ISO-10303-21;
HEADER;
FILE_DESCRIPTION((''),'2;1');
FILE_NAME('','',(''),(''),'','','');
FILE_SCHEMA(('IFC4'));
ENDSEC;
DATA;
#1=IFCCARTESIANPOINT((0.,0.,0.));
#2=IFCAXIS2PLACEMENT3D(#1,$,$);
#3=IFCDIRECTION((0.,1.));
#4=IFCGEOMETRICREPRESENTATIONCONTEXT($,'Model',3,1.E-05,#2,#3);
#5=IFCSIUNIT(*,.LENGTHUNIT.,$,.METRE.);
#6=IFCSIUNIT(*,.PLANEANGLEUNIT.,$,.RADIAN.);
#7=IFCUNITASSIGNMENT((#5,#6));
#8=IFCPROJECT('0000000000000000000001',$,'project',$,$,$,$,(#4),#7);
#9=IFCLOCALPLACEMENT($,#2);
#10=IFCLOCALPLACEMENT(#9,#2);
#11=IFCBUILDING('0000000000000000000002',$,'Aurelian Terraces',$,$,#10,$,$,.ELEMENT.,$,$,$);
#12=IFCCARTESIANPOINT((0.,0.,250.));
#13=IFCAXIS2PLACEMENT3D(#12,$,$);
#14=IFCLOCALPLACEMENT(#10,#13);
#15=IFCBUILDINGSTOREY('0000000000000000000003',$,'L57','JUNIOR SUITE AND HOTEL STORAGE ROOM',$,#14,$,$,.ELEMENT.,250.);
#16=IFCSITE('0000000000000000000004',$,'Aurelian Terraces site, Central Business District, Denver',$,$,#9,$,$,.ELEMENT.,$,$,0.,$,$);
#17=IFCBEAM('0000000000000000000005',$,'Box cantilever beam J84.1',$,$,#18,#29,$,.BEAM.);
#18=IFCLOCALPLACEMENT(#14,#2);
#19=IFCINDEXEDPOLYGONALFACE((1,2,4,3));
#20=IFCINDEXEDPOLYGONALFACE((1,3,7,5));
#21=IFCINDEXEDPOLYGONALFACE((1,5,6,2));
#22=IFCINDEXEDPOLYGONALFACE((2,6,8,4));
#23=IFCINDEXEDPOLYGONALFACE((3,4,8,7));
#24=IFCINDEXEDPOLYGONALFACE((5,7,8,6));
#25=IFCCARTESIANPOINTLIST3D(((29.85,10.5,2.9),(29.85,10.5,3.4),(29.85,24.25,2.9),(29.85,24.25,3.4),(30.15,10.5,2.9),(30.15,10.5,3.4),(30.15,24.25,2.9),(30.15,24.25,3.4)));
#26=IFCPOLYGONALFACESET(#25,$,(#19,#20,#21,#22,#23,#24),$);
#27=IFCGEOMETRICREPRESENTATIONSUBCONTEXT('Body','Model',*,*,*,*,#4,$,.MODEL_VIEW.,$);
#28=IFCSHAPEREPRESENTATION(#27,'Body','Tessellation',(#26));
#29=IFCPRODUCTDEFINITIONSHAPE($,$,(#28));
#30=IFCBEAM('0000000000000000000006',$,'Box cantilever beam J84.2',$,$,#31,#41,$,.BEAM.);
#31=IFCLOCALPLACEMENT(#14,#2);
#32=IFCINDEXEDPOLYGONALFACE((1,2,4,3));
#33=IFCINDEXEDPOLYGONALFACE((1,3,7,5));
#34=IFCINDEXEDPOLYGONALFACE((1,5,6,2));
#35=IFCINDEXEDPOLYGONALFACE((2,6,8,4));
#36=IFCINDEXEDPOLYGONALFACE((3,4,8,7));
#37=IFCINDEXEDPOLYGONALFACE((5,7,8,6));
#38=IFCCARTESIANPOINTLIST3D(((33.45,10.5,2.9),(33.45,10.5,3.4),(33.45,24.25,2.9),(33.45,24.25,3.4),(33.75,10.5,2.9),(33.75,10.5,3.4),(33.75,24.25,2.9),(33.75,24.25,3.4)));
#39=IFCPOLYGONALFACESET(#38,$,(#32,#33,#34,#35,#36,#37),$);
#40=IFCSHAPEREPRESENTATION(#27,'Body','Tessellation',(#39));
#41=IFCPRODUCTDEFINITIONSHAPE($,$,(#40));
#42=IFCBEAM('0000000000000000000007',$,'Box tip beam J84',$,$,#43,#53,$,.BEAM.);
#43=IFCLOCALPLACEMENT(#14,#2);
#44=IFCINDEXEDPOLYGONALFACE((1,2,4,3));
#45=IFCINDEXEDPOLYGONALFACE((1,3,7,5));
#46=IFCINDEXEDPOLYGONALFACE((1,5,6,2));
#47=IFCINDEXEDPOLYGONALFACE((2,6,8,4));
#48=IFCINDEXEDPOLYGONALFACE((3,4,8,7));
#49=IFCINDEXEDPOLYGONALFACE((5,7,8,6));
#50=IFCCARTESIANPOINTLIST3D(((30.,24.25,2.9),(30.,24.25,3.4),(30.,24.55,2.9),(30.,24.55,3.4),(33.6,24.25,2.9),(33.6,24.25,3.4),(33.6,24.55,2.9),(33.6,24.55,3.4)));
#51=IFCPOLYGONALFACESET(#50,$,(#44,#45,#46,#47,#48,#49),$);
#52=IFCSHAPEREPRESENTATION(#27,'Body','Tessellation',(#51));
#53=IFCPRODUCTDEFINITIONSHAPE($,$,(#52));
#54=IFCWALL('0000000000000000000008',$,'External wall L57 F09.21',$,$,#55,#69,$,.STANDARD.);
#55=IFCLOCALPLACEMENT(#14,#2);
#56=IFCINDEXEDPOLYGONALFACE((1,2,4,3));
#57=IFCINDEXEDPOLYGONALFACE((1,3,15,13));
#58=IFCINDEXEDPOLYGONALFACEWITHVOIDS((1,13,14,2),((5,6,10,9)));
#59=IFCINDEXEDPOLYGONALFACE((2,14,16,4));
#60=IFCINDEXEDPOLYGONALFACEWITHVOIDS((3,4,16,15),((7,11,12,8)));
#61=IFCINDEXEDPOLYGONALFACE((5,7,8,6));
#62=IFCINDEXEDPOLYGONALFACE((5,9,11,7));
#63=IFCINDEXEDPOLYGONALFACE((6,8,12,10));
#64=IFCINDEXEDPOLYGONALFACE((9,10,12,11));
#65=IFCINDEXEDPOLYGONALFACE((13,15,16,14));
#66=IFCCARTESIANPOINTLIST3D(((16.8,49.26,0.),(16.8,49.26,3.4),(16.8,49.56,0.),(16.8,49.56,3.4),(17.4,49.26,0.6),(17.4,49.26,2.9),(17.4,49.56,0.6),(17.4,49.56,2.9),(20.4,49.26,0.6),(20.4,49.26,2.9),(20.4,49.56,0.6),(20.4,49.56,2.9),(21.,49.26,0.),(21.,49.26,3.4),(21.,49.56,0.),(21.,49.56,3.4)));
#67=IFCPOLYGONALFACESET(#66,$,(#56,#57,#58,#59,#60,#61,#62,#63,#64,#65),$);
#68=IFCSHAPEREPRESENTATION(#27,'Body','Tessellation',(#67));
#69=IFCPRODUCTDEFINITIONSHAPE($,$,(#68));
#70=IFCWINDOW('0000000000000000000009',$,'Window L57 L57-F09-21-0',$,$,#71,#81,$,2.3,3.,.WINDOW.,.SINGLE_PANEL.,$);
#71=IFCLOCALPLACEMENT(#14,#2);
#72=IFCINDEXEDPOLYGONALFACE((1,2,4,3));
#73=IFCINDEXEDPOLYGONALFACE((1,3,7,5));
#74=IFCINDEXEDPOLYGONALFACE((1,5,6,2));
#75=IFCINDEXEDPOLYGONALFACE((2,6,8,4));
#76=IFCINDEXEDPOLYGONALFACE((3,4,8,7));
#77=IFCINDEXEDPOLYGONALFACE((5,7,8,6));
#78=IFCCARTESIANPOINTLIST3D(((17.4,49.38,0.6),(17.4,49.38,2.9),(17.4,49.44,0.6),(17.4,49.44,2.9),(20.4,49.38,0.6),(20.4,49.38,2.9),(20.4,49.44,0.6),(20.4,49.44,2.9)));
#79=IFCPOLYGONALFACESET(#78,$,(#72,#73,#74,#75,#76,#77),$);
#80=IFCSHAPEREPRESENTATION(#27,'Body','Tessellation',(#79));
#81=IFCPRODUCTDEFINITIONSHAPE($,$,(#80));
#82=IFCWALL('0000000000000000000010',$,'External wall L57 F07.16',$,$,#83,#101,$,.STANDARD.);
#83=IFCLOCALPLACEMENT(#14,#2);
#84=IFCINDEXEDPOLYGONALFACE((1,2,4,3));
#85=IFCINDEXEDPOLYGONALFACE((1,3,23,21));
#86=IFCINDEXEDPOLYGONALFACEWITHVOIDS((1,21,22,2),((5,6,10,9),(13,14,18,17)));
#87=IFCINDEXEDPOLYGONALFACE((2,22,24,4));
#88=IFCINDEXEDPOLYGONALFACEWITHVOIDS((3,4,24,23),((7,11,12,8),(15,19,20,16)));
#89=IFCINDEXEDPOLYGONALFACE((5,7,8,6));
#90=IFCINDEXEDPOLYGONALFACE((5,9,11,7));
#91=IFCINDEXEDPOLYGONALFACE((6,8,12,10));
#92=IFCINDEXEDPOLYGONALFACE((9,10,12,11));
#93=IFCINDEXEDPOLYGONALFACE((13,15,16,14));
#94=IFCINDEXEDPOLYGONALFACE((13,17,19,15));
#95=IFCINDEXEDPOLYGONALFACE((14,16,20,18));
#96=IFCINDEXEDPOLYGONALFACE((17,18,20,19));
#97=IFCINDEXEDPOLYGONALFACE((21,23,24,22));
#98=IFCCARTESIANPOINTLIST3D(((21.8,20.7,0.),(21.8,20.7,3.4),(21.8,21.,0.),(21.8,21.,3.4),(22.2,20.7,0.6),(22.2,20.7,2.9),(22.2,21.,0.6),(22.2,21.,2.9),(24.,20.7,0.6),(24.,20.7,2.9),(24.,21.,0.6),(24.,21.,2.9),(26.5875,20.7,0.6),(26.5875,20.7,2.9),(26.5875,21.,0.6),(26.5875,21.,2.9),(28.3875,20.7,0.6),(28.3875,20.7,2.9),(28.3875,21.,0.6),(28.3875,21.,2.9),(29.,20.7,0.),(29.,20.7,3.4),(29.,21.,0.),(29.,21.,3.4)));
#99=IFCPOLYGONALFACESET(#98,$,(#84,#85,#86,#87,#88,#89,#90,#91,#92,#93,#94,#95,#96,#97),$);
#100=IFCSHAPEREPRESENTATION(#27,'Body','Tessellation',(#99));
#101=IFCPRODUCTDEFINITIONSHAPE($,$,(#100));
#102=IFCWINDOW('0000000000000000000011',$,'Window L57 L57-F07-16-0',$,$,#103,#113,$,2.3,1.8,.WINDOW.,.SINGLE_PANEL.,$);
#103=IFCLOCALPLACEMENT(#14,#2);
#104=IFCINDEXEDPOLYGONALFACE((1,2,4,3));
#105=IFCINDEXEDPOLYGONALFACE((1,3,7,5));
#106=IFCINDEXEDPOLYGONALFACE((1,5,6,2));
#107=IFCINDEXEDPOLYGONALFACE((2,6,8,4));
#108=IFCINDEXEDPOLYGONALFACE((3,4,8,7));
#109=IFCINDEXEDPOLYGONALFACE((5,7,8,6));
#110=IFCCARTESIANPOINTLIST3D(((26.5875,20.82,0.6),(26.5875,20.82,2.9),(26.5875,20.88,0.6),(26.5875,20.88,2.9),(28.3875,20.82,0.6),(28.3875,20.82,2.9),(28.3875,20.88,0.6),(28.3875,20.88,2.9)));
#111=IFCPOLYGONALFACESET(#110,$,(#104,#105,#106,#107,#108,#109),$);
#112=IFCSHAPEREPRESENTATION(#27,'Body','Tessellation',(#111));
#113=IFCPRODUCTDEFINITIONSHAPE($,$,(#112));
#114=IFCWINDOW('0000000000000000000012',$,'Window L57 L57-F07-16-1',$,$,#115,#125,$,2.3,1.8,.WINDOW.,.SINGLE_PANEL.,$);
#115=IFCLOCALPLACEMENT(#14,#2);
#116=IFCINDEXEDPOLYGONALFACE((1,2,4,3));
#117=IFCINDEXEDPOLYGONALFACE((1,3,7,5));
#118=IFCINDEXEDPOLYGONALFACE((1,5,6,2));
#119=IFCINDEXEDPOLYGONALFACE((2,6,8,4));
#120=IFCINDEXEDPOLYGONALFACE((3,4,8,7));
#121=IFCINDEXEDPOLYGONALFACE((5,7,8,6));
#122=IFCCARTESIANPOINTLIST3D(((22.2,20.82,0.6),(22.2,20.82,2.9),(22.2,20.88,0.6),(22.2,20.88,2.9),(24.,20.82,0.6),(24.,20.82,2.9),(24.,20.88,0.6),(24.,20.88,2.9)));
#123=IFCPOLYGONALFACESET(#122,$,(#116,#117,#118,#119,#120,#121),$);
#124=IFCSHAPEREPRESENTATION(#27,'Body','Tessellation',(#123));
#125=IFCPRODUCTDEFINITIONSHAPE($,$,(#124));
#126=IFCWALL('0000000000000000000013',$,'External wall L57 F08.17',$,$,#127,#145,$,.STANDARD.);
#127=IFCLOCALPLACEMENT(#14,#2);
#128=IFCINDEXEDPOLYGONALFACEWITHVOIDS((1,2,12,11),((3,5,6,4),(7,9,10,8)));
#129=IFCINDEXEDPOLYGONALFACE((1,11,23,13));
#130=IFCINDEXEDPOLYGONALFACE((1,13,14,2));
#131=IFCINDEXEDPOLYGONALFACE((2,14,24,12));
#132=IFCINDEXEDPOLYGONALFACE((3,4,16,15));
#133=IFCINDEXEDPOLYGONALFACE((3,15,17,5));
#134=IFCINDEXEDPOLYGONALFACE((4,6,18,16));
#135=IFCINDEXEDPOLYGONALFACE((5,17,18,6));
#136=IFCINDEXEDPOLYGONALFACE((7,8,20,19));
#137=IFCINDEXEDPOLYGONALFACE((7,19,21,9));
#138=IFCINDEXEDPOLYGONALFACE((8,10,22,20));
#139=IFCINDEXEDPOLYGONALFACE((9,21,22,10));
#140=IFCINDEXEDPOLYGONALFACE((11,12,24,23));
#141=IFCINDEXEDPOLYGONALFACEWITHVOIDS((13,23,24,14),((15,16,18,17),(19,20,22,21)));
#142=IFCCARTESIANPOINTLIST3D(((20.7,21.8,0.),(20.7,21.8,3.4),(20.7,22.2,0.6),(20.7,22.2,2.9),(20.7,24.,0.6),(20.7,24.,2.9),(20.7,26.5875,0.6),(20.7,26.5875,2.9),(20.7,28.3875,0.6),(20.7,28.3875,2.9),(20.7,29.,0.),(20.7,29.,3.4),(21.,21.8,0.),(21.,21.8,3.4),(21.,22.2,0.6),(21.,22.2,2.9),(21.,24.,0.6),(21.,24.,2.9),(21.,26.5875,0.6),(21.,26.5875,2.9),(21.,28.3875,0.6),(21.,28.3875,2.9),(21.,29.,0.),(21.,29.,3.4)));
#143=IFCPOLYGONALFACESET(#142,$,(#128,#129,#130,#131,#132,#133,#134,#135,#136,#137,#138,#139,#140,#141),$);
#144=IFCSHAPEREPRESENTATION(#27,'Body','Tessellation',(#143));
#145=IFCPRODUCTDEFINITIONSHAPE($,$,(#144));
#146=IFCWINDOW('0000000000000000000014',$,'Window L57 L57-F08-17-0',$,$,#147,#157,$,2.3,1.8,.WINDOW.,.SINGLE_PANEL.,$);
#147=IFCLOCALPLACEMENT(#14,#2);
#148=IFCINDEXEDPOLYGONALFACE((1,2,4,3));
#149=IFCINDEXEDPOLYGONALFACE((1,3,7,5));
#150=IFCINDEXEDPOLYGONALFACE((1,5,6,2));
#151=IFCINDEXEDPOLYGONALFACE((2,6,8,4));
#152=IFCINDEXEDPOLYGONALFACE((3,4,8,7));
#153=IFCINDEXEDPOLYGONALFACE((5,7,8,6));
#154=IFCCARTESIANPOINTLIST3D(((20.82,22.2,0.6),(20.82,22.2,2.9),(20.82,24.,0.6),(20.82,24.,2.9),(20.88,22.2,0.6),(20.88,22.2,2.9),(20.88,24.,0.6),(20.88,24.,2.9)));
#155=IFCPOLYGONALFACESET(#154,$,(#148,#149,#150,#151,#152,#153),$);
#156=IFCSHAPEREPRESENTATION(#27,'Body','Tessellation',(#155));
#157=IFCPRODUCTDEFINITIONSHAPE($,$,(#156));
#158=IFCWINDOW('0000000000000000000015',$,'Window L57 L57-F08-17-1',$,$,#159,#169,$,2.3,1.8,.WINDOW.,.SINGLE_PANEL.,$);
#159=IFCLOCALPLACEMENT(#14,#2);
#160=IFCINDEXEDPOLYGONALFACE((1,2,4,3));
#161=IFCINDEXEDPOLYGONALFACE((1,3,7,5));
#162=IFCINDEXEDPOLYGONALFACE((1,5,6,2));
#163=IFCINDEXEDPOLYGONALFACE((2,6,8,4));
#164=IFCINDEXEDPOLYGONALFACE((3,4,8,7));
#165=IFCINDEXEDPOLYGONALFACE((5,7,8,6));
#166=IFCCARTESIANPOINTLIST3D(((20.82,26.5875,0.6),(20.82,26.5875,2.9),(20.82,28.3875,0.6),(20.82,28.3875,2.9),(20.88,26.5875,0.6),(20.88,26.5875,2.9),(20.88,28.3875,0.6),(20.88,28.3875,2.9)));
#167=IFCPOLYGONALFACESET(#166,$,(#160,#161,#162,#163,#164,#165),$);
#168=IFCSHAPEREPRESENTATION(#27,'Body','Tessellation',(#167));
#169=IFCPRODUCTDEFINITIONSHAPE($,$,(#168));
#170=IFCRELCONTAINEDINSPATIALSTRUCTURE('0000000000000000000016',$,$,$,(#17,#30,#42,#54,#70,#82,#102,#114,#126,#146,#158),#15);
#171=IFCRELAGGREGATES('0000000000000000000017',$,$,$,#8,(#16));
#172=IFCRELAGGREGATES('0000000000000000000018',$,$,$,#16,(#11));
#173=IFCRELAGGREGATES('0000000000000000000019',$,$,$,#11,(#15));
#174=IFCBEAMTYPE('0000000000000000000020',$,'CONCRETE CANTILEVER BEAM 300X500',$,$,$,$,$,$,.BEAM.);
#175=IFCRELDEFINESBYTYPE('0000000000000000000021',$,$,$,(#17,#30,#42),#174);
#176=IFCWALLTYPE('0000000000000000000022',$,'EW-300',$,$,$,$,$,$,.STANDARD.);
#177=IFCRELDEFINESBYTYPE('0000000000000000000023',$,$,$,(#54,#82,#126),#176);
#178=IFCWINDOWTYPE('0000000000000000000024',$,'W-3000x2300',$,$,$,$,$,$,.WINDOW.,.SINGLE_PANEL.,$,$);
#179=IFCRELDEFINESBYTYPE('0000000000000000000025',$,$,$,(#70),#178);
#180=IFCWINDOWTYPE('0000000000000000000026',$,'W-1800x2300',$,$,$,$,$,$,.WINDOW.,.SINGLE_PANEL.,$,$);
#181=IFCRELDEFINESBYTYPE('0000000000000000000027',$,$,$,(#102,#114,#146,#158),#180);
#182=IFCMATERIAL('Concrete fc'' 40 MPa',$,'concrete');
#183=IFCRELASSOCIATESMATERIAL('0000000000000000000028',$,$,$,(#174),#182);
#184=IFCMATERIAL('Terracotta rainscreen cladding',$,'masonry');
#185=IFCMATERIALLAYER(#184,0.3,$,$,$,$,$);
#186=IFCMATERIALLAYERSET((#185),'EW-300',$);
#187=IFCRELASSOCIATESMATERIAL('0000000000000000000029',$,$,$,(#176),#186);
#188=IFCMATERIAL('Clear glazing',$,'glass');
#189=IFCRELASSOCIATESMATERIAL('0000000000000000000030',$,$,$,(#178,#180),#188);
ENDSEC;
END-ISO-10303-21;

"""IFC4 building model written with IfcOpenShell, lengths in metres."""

from ifc_helpers import new_model, si_unit, direction, frame, frame_2d, origin, origin_2d, place, context, subcontext, project, spatial, rectangle, extrude, source, transform, mapped, material, layer, layer_set, material_profile, profile_set, type_object, element, fill, save


model = new_model("IFC4")

# Units and contexts
model_context = context("Model", 3, precision=1e-05, world=origin(), true_north=direction((0.0, 1.0)))
body_context = subcontext(model_context, "Body", "Model", "MODEL_VIEW")
ifc_project = project(units=[si_unit("LENGTHUNIT", "METRE"), si_unit("PLANEANGLEUNIT", "RADIAN")], contexts=[model_context])

# Site, building, storey
site_placement = place(None, origin())
site = spatial("IfcSite", under=ifc_project, at=site_placement, Name="Aurelian Terraces site, Central Business District, Denver", CompositionType="ELEMENT", RefElevation=0.0)
building_placement = place(site_placement, origin())
building = spatial("IfcBuilding", under=site, at=building_placement, Name="Aurelian Terraces", CompositionType="ELEMENT")
storey_placement = place(building_placement, frame((0.0, 0.0, 250.0)))
storey = spatial("IfcBuildingStorey", under=building, at=storey_placement, Name="L57", Description="JUNIOR SUITE AND HOTEL STORAGE ROOM", CompositionType="ELEMENT", Elevation=250.0)

# Beams
ifc_material_1 = material(Name="Concrete fc' 40 MPa", Category="concrete")
ifc_material_profile = material_profile(ifc_material_1, rectangle(XDim=0.3, YDim=0.5, at=origin_2d()))
ifc_profile_set = profile_set([ifc_material_profile], Name="Concrete fc' 40 MPa")
beam_type = type_object("IfcBeamType", Name="CONCRETE CANTILEVER BEAM 300X500", PredefinedType="BEAM", material=ifc_profile_set)
shared_shape_1 = source(origin(), body_context, "Body", "SweptSolid", [
    extrude(rectangle(XDim=0.3, YDim=0.5, at=origin_2d()), origin(), (0.0, 0.0, 1.0), 13.75),
])
for number, where, z_axis, x_axis, name in (
    (1, (30.0, 24.25, 3.15), (0.0, -1.0, 0.0), (1.0, 0.0, 0.0), "Box cantilever beam J84.1"),
    (2, (33.6, 24.25, 3.15), (0.0, -1.0, 0.0), (1.0, 0.0, 0.0), "Box cantilever beam J84.2"),
):
    element("IfcBeam", number, at=place(storey_placement, frame(where, z_axis=z_axis, x_axis=x_axis)), inside=storey, type_object=beam_type, Name=name, PredefinedType="BEAM", context=body_context, shape_type="MappedRepresentation", body=[
        mapped(shared_shape_1, transform((0.0, 0.0, 0.0), scale=1.0)),
    ])
shared_shape_2 = source(origin(), body_context, "Body", "SweptSolid", [
    extrude(rectangle(XDim=0.3, YDim=0.5, at=origin_2d()), origin(), (0.0, 0.0, 1.0), 3.6),
])
beam_placement = place(storey_placement, frame((30.0, 24.4, 3.15), z_axis=(1.0, 0.0, 0.0), x_axis=(0.0, 1.0, 0.0)))
element("IfcBeam", 3, at=beam_placement, inside=storey, type_object=beam_type, Name="Box tip beam J84", PredefinedType="BEAM", context=body_context, shape_type="MappedRepresentation", body=[
    mapped(shared_shape_2, transform((0.0, 0.0, 0.0), scale=1.0)),
])

# Wall, opening, window
ifc_material_2 = material(Name="Terracotta rainscreen cladding", Category="masonry")
ifc_layer_1 = layer(ifc_material_2, 0.3)
ifc_layer_set_1 = layer_set([ifc_layer_1], Name="EW-300")
wall_type_1 = type_object("IfcWallType", Name="EW-300", PredefinedType="STANDARD", material=ifc_layer_set_1)
shared_shape_3 = source(origin(), body_context, "Body", "SweptSolid", [
    extrude(rectangle(XDim=4.2, YDim=0.3, at=frame_2d((2.1, 0.0))), origin(), (0.0, 0.0, 1.0), 3.4),
])
wall_1_placement = place(storey_placement, frame((21.0, 49.41, 0.0), z_axis=(0.0, 0.0, 1.0), x_axis=(-1.0, 0.0, 0.0)))
wall_1 = element("IfcWall", 4, at=wall_1_placement, inside=storey, type_object=wall_type_1, Name="External wall L57 F09.21", PredefinedType="STANDARD", context=body_context, shape_type="MappedRepresentation", body=[
    mapped(shared_shape_3, transform((0.0, 0.0, 0.0), scale=1.0)),
])
shared_shape_4 = source(origin(), body_context, "Body", "SweptSolid", [
    extrude(rectangle(XDim=3.0, YDim=2.3, at=frame_2d((1.5, 1.15))), frame((0.0, 0.16, 0.0), z_axis=(0.0, -1.0, 0.0), x_axis=(1.0, 0.0, 0.0)), (0.0, 0.0, 1.0), 0.32),
])
opening_1_placement = place(wall_1_placement, frame((0.6, 0.0, 0.6)))
opening_1 = element("IfcOpeningElement", 5, at=opening_1_placement, cuts=wall_1, PredefinedType="OPENING", context=body_context, shape_type="MappedRepresentation", body=[
    mapped(shared_shape_4, transform((0.0, 0.0, 0.0), scale=1.0)),
])
ifc_material_3 = material(Name="Clear glazing", Category="glass")
window_type_1 = type_object("IfcWindowType", Name="W-3000x2300", PartitioningType="SINGLE_PANEL", PredefinedType="WINDOW", material=ifc_material_3)
shared_shape_5 = source(origin(), body_context, "Body", "SweptSolid", [
    extrude(rectangle(XDim=3.0, YDim=2.3, at=frame_2d((1.5, 1.15))), frame((0.0, 0.03, 0.0), z_axis=(0.0, -1.0, 0.0), x_axis=(1.0, 0.0, 0.0)), (0.0, 0.0, 1.0), 0.06),
])
window_1_placement = place(opening_1_placement, origin())
window_1 = element("IfcWindow", 6, at=window_1_placement, inside=storey, type_object=window_type_1, Name="Window L57 L57-F09-21-0", OverallHeight=2.3, OverallWidth=3.0, PartitioningType="SINGLE_PANEL", PredefinedType="WINDOW", context=body_context, shape_type="MappedRepresentation", body=[
    mapped(shared_shape_5, transform((0.0, 0.0, 0.0), scale=1.0)),
])
fill(opening_1, window_1)

# Walls, openings, windows
shared_shape_6 = source(origin(), body_context, "Body", "SweptSolid", [
    extrude(rectangle(XDim=7.2, YDim=0.3, at=frame_2d((3.6, 0.0))), origin(), (0.0, 0.0, 1.0), 3.4),
])
wall_2_placement = place(storey_placement, frame((29.0, 20.85, 0.0), z_axis=(0.0, 0.0, 1.0), x_axis=(-1.0, 0.0, 0.0)))
wall_2 = element("IfcWall", 7, at=wall_2_placement, inside=storey, type_object=wall_type_1, Name="External wall L57 F07.16", PredefinedType="STANDARD", context=body_context, shape_type="MappedRepresentation", body=[
    mapped(shared_shape_6, transform((0.0, 0.0, 0.0), scale=1.0)),
])
shared_shape_7 = source(origin(), body_context, "Body", "SweptSolid", [
    extrude(rectangle(XDim=1.8, YDim=2.3, at=frame_2d((0.9, 1.15))), frame((0.0, 0.16, 0.0), z_axis=(0.0, -1.0, 0.0), x_axis=(1.0, 0.0, 0.0)), (0.0, 0.0, 1.0), 0.32),
])
opening_2_placement = place(wall_2_placement, frame((0.6125, 0.0, 0.6)))
opening_2 = element("IfcOpeningElement", 8, at=opening_2_placement, cuts=wall_2, PredefinedType="OPENING", context=body_context, shape_type="MappedRepresentation", body=[
    mapped(shared_shape_7, transform((0.0, 0.0, 0.0), scale=1.0)),
])
opening_3_placement = place(wall_2_placement, frame((5.0, 0.0, 0.6)))
opening_3 = element("IfcOpeningElement", 9, at=opening_3_placement, cuts=wall_2, PredefinedType="OPENING", context=body_context, shape_type="MappedRepresentation", body=[
    mapped(shared_shape_7, transform((0.0, 0.0, 0.0), scale=1.0)),
])
window_type_2 = type_object("IfcWindowType", Name="W-1800x2300", PartitioningType="SINGLE_PANEL", PredefinedType="WINDOW", material=ifc_material_3)
shared_shape_8 = source(origin(), body_context, "Body", "SweptSolid", [
    extrude(rectangle(XDim=1.8, YDim=2.3, at=frame_2d((0.9, 1.15))), frame((0.0, 0.03, 0.0), z_axis=(0.0, -1.0, 0.0), x_axis=(1.0, 0.0, 0.0)), (0.0, 0.0, 1.0), 0.06),
])
window_2_placement = place(opening_2_placement, origin())
window_2 = element("IfcWindow", 10, at=window_2_placement, inside=storey, type_object=window_type_2, Name="Window L57 L57-F07-16-0", OverallHeight=2.3, OverallWidth=1.8, PartitioningType="SINGLE_PANEL", PredefinedType="WINDOW", context=body_context, shape_type="MappedRepresentation", body=[
    mapped(shared_shape_8, transform((0.0, 0.0, 0.0), scale=1.0)),
])
fill(opening_2, window_2)
window_3_placement = place(opening_3_placement, origin())
window_3 = element("IfcWindow", 11, at=window_3_placement, inside=storey, type_object=window_type_2, Name="Window L57 L57-F07-16-1", OverallHeight=2.3, OverallWidth=1.8, PartitioningType="SINGLE_PANEL", PredefinedType="WINDOW", context=body_context, shape_type="MappedRepresentation", body=[
    mapped(shared_shape_8, transform((0.0, 0.0, 0.0), scale=1.0)),
])
fill(opening_3, window_3)
wall_3_placement = place(storey_placement, frame((20.85, 21.8, 0.0), z_axis=(0.0, 0.0, 1.0), x_axis=(0.0, 1.0, 0.0)))
wall_3 = element("IfcWall", 12, at=wall_3_placement, inside=storey, type_object=wall_type_1, Name="External wall L57 F08.17", PredefinedType="STANDARD", context=body_context, shape_type="MappedRepresentation", body=[
    mapped(shared_shape_6, transform((0.0, 0.0, 0.0), scale=1.0)),
])
opening_4_placement = place(wall_3_placement, frame((0.4, 0.0, 0.6)))
opening_4 = element("IfcOpeningElement", 13, at=opening_4_placement, cuts=wall_3, PredefinedType="OPENING", context=body_context, shape_type="MappedRepresentation", body=[
    mapped(shared_shape_7, transform((0.0, 0.0, 0.0), scale=1.0)),
])
opening_5_placement = place(wall_3_placement, frame((4.7875, 0.0, 0.6)))
opening_5 = element("IfcOpeningElement", 14, at=opening_5_placement, cuts=wall_3, PredefinedType="OPENING", context=body_context, shape_type="MappedRepresentation", body=[
    mapped(shared_shape_7, transform((0.0, 0.0, 0.0), scale=1.0)),
])
window_4_placement = place(opening_4_placement, origin())
window_4 = element("IfcWindow", 15, at=window_4_placement, inside=storey, type_object=window_type_2, Name="Window L57 L57-F08-17-0", OverallHeight=2.3, OverallWidth=1.8, PartitioningType="SINGLE_PANEL", PredefinedType="WINDOW", context=body_context, shape_type="MappedRepresentation", body=[
    mapped(shared_shape_8, transform((0.0, 0.0, 0.0), scale=1.0)),
])
fill(opening_4, window_4)
window_5_placement = place(opening_5_placement, origin())
window_5 = element("IfcWindow", 16, at=window_5_placement, inside=storey, type_object=window_type_2, Name="Window L57 L57-F08-17-1", OverallHeight=2.3, OverallWidth=1.8, PartitioningType="SINGLE_PANEL", PredefinedType="WINDOW", context=body_context, shape_type="MappedRepresentation", body=[
    mapped(shared_shape_8, transform((0.0, 0.0, 0.0), scale=1.0)),
])
fill(opening_5, window_5)

save(model, "model.ifc")
